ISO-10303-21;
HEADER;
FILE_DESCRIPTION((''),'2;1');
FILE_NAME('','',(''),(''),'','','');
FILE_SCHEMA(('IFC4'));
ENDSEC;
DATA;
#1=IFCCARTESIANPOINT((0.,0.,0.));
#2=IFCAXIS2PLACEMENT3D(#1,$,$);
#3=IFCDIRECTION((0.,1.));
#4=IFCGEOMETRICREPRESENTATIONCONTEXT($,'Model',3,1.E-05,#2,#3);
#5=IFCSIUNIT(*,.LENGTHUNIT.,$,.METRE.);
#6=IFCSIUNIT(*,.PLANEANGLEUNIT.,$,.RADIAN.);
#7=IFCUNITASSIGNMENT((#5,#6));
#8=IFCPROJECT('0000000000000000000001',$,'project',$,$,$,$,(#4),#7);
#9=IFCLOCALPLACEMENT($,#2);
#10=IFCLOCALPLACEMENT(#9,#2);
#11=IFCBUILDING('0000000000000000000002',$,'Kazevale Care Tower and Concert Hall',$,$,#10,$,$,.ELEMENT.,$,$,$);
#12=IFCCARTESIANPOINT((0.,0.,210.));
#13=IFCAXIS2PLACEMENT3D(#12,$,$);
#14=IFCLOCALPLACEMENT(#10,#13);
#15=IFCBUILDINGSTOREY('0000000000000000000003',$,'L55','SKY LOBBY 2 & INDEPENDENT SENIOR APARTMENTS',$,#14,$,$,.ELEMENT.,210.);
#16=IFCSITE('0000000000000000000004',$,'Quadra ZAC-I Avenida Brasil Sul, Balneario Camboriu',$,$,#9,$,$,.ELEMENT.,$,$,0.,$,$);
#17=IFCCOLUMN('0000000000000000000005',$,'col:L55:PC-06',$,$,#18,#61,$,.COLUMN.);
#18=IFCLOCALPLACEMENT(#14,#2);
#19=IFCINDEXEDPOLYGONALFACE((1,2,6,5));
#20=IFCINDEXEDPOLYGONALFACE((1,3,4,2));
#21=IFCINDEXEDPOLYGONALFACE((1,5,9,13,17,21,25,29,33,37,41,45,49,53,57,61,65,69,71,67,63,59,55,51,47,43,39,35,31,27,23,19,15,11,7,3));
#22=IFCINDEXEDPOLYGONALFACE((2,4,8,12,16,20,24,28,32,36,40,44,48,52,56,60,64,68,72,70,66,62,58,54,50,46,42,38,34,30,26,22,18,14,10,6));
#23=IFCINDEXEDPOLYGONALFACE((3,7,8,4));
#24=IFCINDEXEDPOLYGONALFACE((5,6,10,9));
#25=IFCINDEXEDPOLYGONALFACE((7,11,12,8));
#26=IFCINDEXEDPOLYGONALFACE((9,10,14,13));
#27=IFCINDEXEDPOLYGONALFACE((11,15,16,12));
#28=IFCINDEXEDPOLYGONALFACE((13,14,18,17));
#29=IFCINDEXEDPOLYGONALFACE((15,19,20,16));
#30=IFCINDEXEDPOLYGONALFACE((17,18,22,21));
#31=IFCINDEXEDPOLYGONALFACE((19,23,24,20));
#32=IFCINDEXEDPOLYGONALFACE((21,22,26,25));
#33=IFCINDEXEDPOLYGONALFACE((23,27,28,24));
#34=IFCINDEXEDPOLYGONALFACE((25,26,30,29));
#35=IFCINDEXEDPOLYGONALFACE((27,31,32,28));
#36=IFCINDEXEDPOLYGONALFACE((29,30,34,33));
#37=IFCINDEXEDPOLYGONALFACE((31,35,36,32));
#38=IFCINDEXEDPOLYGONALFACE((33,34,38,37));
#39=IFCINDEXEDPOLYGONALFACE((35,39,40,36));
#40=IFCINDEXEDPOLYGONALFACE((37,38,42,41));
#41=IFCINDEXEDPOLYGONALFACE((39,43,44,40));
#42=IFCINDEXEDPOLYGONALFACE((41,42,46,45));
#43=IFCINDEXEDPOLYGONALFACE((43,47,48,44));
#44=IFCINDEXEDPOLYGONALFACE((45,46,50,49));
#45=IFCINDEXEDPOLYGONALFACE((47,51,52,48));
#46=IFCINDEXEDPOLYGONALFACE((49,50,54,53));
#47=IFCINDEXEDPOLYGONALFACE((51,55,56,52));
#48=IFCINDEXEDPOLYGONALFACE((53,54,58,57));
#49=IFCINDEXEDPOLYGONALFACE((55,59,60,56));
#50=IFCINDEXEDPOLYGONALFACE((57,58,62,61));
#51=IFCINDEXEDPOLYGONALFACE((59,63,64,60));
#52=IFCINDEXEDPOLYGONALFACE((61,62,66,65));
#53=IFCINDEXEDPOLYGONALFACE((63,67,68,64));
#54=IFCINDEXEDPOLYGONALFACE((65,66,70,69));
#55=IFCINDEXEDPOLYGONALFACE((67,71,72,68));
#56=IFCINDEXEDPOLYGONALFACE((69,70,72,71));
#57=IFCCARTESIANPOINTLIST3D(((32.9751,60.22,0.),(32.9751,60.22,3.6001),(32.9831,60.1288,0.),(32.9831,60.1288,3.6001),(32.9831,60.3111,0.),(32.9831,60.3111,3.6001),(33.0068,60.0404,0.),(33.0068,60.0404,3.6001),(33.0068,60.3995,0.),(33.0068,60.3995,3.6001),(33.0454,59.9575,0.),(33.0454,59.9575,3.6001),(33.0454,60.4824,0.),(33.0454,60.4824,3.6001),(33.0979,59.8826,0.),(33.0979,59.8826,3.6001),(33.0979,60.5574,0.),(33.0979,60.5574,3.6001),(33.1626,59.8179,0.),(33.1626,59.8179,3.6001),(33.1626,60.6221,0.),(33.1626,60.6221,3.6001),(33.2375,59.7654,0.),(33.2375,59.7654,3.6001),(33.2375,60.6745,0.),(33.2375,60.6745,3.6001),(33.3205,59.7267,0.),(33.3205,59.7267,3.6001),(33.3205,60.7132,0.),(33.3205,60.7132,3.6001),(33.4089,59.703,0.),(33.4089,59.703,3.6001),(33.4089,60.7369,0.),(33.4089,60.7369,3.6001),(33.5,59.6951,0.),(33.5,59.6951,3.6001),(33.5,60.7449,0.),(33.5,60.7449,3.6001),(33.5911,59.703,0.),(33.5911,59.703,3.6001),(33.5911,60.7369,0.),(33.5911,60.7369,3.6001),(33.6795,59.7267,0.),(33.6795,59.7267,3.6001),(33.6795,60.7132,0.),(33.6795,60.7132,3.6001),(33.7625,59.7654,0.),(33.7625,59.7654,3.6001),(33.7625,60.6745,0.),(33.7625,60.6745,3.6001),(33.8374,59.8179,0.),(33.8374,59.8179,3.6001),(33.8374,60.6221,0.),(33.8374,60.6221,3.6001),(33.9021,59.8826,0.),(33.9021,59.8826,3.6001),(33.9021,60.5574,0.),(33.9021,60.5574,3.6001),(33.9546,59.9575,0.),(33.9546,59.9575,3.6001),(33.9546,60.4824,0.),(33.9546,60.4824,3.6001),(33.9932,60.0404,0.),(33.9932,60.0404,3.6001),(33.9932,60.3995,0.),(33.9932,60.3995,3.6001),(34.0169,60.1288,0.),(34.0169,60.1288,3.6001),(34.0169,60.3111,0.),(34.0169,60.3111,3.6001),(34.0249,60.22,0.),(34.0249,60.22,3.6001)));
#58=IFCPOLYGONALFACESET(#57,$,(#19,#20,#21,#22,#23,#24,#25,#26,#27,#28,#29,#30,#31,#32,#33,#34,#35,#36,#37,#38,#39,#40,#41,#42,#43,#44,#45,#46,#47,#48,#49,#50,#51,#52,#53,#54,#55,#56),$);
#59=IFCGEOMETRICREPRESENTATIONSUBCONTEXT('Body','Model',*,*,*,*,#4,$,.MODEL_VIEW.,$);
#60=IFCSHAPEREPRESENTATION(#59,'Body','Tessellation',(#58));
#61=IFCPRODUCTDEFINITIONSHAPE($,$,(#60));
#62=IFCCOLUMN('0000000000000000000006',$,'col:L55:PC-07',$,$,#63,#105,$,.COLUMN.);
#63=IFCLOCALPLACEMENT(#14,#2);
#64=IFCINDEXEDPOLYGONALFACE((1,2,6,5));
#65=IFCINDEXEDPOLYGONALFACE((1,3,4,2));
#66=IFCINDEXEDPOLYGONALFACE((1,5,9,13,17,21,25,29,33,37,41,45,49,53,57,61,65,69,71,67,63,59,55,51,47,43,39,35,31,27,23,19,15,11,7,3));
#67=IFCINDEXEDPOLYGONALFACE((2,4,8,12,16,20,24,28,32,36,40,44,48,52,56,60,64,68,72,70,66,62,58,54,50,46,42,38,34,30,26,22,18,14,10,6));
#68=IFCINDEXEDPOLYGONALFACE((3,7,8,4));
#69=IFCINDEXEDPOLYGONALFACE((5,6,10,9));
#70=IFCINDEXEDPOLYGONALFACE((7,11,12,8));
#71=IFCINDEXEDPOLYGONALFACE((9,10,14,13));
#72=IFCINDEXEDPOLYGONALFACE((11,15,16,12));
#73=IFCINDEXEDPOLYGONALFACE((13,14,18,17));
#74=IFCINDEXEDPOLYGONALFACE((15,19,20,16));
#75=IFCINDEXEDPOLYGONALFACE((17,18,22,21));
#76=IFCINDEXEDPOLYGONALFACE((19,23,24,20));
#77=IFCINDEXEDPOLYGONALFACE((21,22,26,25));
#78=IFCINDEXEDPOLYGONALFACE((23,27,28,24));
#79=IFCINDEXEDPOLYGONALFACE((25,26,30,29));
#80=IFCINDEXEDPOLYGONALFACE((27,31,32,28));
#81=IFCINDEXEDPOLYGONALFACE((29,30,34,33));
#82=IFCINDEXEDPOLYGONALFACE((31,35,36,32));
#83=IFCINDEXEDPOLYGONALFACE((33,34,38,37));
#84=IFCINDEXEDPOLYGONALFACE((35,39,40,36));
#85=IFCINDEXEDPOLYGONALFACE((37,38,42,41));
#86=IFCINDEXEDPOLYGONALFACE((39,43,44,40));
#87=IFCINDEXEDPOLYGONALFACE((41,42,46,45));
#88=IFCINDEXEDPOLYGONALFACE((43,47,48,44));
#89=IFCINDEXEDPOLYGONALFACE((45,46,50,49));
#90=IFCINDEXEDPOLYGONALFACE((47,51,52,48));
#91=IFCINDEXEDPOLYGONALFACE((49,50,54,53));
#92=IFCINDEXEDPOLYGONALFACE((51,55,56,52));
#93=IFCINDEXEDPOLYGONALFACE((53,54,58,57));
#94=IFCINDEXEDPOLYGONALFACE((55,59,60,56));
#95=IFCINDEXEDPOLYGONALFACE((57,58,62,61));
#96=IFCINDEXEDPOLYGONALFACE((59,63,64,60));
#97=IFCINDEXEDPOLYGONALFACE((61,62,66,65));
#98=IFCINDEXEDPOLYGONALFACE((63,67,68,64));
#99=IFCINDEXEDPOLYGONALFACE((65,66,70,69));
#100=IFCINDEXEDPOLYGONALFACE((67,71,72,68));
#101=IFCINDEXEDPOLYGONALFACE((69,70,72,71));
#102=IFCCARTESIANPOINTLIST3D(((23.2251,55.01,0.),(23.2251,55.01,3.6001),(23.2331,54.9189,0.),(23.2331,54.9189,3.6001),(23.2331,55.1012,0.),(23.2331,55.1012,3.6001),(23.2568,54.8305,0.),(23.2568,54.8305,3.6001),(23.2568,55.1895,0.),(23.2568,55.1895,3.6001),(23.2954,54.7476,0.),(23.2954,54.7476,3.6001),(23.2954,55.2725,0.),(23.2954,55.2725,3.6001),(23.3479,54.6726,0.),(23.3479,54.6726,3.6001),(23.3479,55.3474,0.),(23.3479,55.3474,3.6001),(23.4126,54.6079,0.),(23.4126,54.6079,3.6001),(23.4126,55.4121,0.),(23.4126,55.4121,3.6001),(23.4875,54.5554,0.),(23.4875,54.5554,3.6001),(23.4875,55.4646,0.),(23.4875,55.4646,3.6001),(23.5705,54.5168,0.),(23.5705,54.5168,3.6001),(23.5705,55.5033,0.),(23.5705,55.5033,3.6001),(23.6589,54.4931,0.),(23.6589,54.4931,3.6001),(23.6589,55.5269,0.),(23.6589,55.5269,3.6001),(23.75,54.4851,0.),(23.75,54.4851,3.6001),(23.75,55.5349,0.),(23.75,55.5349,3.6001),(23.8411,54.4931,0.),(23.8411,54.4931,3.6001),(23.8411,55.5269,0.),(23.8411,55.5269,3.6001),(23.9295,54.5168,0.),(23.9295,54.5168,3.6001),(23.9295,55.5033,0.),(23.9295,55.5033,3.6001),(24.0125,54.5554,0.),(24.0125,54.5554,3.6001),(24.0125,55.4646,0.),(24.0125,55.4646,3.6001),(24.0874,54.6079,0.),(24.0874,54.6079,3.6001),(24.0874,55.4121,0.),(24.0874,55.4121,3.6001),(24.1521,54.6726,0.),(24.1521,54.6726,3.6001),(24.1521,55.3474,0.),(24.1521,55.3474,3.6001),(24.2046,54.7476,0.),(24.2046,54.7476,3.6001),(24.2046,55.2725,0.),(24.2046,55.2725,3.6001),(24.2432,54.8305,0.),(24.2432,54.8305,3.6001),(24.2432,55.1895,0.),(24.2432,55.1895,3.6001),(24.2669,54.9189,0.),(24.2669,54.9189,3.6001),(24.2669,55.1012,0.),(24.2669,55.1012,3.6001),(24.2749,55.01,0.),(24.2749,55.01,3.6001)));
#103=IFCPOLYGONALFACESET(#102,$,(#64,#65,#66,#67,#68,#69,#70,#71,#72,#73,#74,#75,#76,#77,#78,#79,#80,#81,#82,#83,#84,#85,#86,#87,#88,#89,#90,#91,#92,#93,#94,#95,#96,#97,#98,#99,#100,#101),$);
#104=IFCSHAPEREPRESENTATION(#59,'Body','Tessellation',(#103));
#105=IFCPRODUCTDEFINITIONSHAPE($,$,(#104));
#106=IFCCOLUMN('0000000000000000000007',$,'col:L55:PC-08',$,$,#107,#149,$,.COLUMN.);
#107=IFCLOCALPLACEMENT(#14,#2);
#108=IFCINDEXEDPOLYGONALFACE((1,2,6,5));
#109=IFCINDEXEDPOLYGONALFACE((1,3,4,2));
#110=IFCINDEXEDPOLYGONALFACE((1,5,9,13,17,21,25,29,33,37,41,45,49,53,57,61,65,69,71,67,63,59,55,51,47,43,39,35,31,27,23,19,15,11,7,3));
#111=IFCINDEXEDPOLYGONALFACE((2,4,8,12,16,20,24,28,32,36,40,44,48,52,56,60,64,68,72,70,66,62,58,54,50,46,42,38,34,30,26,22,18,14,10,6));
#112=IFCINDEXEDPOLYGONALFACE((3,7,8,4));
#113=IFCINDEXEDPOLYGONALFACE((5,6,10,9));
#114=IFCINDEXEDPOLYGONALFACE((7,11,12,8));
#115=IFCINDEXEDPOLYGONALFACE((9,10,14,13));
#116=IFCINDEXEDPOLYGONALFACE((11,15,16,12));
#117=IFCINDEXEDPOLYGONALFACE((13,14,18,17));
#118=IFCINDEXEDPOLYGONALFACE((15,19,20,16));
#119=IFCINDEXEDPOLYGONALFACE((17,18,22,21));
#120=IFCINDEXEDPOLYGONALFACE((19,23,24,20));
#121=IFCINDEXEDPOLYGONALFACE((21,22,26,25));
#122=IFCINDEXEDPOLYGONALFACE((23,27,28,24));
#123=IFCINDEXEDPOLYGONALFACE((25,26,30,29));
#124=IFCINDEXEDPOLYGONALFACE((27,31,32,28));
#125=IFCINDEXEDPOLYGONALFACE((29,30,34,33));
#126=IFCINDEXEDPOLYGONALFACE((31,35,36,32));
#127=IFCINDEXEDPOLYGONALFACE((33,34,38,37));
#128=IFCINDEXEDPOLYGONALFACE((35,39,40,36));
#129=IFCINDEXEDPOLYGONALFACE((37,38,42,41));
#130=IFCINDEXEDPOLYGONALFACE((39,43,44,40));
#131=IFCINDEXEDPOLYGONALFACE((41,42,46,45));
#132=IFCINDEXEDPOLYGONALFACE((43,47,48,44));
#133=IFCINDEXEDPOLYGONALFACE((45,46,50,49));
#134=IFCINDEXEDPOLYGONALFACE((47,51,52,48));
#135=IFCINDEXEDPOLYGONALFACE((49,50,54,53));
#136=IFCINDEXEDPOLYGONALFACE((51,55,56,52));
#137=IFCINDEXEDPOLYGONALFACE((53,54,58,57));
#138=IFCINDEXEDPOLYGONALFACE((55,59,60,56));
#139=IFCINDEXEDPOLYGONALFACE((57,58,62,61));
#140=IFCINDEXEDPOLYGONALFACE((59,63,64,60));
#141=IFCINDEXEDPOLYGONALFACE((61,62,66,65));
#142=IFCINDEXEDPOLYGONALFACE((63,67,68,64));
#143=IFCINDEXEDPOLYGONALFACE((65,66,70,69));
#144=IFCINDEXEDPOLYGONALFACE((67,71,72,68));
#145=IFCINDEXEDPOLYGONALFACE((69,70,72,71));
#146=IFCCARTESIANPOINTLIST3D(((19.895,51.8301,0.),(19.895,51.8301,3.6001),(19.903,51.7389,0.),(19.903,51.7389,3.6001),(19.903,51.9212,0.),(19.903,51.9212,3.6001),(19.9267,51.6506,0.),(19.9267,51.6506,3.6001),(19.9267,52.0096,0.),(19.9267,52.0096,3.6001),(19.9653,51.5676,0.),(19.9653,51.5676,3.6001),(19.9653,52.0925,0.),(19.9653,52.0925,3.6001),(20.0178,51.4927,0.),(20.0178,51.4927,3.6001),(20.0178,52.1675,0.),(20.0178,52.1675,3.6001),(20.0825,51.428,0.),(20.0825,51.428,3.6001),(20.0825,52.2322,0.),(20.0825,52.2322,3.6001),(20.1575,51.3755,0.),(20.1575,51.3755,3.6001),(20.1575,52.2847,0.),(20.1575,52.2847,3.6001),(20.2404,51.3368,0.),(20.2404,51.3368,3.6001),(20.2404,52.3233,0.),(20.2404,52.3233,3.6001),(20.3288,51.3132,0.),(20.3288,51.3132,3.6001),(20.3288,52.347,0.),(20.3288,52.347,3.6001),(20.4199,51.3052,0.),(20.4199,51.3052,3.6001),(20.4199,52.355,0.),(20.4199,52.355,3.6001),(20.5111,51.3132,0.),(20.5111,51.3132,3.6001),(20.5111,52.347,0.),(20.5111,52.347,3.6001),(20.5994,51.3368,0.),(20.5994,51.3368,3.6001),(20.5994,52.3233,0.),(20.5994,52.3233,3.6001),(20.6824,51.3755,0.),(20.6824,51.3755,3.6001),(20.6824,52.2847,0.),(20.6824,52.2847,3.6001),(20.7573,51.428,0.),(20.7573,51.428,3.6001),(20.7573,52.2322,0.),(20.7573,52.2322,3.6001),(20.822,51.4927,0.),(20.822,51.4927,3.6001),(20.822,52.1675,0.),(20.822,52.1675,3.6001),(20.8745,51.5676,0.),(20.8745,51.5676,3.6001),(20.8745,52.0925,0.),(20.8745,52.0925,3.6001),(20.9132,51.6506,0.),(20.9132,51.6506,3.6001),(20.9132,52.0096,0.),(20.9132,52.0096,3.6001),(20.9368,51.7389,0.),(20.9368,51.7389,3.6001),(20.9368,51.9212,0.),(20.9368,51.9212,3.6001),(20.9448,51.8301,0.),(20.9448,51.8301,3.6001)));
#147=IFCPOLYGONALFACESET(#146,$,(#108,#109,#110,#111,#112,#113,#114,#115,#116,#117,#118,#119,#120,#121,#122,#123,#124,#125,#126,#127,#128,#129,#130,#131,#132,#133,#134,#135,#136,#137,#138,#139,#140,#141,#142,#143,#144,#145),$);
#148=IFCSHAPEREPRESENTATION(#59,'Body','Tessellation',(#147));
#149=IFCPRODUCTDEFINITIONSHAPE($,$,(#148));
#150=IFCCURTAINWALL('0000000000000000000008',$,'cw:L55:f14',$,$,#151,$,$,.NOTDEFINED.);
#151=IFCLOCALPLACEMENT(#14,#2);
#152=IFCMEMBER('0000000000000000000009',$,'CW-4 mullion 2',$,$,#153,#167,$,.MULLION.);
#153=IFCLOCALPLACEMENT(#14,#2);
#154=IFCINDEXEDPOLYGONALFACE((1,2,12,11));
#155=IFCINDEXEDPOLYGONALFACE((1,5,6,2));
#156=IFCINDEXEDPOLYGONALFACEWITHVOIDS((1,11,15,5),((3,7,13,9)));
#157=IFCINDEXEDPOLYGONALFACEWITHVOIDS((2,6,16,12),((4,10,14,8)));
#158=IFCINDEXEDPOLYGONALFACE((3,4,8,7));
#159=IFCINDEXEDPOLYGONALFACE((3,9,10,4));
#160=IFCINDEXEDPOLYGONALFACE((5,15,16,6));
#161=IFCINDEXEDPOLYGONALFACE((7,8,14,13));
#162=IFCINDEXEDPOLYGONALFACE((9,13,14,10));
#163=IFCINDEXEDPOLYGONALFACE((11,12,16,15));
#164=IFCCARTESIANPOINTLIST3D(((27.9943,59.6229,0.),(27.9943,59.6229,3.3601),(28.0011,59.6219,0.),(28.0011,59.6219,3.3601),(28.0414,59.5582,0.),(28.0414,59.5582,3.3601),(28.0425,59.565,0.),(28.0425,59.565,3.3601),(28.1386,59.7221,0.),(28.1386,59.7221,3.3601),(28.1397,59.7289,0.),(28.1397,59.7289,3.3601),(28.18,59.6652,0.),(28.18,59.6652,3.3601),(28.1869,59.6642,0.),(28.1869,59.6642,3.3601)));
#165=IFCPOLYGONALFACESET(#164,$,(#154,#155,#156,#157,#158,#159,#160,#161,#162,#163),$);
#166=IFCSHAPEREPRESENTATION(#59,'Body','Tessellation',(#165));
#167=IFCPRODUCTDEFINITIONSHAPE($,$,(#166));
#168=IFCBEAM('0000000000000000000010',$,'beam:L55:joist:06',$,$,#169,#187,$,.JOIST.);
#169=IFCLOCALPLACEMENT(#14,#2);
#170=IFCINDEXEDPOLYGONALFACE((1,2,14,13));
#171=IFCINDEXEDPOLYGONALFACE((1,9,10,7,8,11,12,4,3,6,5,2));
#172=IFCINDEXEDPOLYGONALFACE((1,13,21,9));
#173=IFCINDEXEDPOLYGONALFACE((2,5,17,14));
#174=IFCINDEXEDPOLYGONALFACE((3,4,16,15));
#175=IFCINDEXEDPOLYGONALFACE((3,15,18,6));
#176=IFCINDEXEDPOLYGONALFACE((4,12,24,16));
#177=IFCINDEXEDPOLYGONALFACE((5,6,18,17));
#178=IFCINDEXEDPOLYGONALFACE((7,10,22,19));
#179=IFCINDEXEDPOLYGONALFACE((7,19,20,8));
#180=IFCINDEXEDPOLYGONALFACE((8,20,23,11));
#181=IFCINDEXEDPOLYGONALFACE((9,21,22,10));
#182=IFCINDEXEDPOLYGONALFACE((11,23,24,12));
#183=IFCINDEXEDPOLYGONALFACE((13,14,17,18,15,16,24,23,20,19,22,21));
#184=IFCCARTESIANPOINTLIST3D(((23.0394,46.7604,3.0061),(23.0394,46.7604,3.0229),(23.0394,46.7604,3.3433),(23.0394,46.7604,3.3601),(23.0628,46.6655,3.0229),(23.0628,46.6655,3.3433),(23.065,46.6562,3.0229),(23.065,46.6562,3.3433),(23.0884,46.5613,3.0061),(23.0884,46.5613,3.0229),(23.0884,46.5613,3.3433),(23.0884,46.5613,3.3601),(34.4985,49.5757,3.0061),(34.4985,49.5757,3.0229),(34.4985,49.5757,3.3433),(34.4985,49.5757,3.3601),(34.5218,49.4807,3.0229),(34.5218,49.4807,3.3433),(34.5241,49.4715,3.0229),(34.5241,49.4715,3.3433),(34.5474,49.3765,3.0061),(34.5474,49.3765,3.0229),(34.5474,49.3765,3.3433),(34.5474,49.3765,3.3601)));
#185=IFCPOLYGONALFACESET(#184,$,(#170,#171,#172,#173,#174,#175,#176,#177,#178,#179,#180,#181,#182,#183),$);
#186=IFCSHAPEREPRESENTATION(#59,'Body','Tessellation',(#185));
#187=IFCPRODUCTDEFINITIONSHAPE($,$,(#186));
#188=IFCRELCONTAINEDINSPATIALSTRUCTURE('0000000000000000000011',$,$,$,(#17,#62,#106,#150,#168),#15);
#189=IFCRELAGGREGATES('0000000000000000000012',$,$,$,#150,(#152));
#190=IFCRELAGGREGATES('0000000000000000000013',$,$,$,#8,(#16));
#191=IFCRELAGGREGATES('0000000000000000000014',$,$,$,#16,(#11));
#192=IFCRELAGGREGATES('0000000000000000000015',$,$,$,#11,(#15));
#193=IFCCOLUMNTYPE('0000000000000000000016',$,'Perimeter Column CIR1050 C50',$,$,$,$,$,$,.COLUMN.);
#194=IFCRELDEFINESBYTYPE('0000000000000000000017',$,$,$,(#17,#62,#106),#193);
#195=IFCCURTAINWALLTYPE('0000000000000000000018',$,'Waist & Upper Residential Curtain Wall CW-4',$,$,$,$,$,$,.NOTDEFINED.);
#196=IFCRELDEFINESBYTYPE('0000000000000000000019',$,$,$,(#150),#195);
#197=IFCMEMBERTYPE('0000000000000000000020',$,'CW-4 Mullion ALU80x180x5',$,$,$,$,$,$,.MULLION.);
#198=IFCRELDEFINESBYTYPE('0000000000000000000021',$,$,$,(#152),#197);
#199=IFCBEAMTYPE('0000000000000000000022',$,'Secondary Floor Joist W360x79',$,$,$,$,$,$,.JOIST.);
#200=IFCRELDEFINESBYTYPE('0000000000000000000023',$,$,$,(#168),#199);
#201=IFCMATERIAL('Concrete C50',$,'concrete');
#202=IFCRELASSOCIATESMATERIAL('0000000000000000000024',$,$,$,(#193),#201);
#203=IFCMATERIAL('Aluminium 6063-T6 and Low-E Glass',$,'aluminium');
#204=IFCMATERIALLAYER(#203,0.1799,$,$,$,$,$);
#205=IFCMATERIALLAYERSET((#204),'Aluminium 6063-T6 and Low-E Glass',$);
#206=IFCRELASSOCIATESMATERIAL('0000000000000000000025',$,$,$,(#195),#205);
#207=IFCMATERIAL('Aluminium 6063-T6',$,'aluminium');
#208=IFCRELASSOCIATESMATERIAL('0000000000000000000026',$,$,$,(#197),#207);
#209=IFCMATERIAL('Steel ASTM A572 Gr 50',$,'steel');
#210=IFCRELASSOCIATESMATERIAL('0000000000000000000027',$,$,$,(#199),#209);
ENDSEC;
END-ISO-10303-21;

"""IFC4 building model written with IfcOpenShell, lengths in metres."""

from ifc_helpers import new_model, si_unit, direction, frame, origin, origin_2d, place, context, subcontext, project, spatial, hollow_rectangle, circle, i_section, extrude, material, layer, layer_set, material_profile, profile_set, type_object, element, aggregate, save


model = new_model("IFC4")

# Units and contexts
model_context = context("Model", 3, precision=1e-05, world=origin(), true_north=direction((0.0, 1.0)))
body_context = subcontext(model_context, "Body", "Model", "MODEL_VIEW")
ifc_project = project(units=[si_unit("LENGTHUNIT", "METRE"), si_unit("PLANEANGLEUNIT", "RADIAN")], contexts=[model_context])

# Site, building, storey
site_placement = place(None, origin())
site = spatial("IfcSite", under=ifc_project, at=site_placement, Name="Quadra ZAC-I Avenida Brasil Sul, Balneario Camboriu", CompositionType="ELEMENT", RefElevation=0.0)
building_placement = place(site_placement, origin())
building = spatial("IfcBuilding", under=site, at=building_placement, Name="Kazevale Care Tower and Concert Hall", CompositionType="ELEMENT")
storey_placement = place(building_placement, frame((0.0, 0.0, 210.0)))
storey = spatial("IfcBuildingStorey", under=building, at=storey_placement, Name="L55", Description="SKY LOBBY 2 & INDEPENDENT SENIOR APARTMENTS", CompositionType="ELEMENT", Elevation=210.0)

# Columns
ifc_material_1 = material(Name="Concrete C50", Category="concrete")
ifc_material_profile_1 = material_profile(ifc_material_1, circle(Radius=0.5249, at=origin_2d()), Name="RC-CIR1050")
ifc_profile_set_1 = profile_set([ifc_material_profile_1], Name="Concrete C50")
column_type = type_object("IfcColumnType", Name="Perimeter Column CIR1050 C50", PredefinedType="COLUMN", material=ifc_profile_set_1)
for number, where, z_axis, x_axis, name in (
    (1, (33.5, 60.22, 0.0), (0.0, 0.0, 1.0), (1.0, 0.0, 0.0), "col:L55:PC-06"),
    (2, (23.75, 55.01, 0.0), (0.0, 0.0, 1.0), (1.0, 0.0, 0.0), "col:L55:PC-07"),
    (3, (20.4199, 51.8301, 0.0), (0.0, 0.0, 1.0), (1.0, 0.0, 0.0), "col:L55:PC-08"),
):
    element("IfcColumn", number, at=place(storey_placement, frame(where, z_axis=z_axis, x_axis=x_axis)), inside=storey, type_object=column_type, Name=name, PredefinedType="COLUMN", context=body_context, shape_type="SweptSolid", body=[
        extrude(circle(Radius=0.5249, at=origin_2d()), origin(), (0.0, 0.0, 1.0), 3.6001),
    ])

# Curtain wall, member
ifc_material_2 = material(Name="Aluminium 6063-T6 and Low-E Glass", Category="aluminium")
ifc_layer_1 = layer(ifc_material_2, 0.1799)
ifc_layer_set_1 = layer_set([ifc_layer_1], Name="Aluminium 6063-T6 and Low-E Glass")
curtain_wall_type = type_object("IfcCurtainWallType", Name="Waist & Upper Residential Curtain Wall CW-4", PredefinedType="NOTDEFINED", material=ifc_layer_set_1)
curtain_wall_placement = place(storey_placement, origin())
curtain_wall = element("IfcCurtainWall", 4, at=curtain_wall_placement, inside=storey, type_object=curtain_wall_type, Name="cw:L55:f14", PredefinedType="NOTDEFINED")
ifc_material_3 = material(Name="Aluminium 6063-T6", Category="aluminium")
ifc_material_profile_2 = material_profile(ifc_material_3, hollow_rectangle(XDim=0.0801, YDim=0.1799, WallThickness=0.0049, at=origin_2d()), Name="ALU80x180x5")
ifc_profile_set_2 = profile_set([ifc_material_profile_2], Name="Aluminium 6063-T6")
member_type = type_object("IfcMemberType", Name="CW-4 Mullion ALU80x180x5", PredefinedType="MULLION", material=ifc_profile_set_2)
member_placement = place(storey_placement, frame((28.0906, 59.6436, 0.0), z_axis=(0.0, 0.0, 1.0), x_axis=(-0.58891, 0.808198, 0.0)))
member = element("IfcMember", 5, at=member_placement, type_object=member_type, Name="CW-4 mullion 2", PredefinedType="MULLION", context=body_context, shape_type="SweptSolid", body=[
    extrude(hollow_rectangle(XDim=0.0801, YDim=0.1799, WallThickness=0.0049, at=origin_2d()), origin(), (0.0, 0.0, 1.0), 3.3601),
])

# Beam
ifc_material_4 = material(Name="Steel ASTM A572 Gr 50", Category="steel")
ifc_material_profile_3 = material_profile(ifc_material_4, i_section(OverallWidth=0.2051, OverallDepth=0.354, WebThickness=0.0095, FlangeThickness=0.0168, at=origin_2d()), Name="W360x79")
ifc_profile_set_3 = profile_set([ifc_material_profile_3], Name="Steel ASTM A572 Gr 50")
beam_type_1 = type_object("IfcBeamType", Name="Secondary Floor Joist W360x79", PredefinedType="JOIST", material=ifc_profile_set_3)
beam_1_placement = place(storey_placement, frame((34.5229, 49.4761, 3.1831), z_axis=(-0.971123, -0.238581, 0.0), x_axis=(0.238581, -0.971123, 0.0)))
element("IfcBeam", 6, at=beam_1_placement, inside=storey, type_object=beam_type_1, Name="beam:L55:joist:06", PredefinedType="JOIST", context=body_context, shape_type="SweptSolid", body=[
    extrude(i_section(OverallWidth=0.2051, OverallDepth=0.354, WebThickness=0.0095, FlangeThickness=0.0168, at=origin_2d()), origin(), (0.0, 0.0, 1.0), 11.7998),
])

aggregate(curtain_wall, [member])

save(model, "model.ifc")
